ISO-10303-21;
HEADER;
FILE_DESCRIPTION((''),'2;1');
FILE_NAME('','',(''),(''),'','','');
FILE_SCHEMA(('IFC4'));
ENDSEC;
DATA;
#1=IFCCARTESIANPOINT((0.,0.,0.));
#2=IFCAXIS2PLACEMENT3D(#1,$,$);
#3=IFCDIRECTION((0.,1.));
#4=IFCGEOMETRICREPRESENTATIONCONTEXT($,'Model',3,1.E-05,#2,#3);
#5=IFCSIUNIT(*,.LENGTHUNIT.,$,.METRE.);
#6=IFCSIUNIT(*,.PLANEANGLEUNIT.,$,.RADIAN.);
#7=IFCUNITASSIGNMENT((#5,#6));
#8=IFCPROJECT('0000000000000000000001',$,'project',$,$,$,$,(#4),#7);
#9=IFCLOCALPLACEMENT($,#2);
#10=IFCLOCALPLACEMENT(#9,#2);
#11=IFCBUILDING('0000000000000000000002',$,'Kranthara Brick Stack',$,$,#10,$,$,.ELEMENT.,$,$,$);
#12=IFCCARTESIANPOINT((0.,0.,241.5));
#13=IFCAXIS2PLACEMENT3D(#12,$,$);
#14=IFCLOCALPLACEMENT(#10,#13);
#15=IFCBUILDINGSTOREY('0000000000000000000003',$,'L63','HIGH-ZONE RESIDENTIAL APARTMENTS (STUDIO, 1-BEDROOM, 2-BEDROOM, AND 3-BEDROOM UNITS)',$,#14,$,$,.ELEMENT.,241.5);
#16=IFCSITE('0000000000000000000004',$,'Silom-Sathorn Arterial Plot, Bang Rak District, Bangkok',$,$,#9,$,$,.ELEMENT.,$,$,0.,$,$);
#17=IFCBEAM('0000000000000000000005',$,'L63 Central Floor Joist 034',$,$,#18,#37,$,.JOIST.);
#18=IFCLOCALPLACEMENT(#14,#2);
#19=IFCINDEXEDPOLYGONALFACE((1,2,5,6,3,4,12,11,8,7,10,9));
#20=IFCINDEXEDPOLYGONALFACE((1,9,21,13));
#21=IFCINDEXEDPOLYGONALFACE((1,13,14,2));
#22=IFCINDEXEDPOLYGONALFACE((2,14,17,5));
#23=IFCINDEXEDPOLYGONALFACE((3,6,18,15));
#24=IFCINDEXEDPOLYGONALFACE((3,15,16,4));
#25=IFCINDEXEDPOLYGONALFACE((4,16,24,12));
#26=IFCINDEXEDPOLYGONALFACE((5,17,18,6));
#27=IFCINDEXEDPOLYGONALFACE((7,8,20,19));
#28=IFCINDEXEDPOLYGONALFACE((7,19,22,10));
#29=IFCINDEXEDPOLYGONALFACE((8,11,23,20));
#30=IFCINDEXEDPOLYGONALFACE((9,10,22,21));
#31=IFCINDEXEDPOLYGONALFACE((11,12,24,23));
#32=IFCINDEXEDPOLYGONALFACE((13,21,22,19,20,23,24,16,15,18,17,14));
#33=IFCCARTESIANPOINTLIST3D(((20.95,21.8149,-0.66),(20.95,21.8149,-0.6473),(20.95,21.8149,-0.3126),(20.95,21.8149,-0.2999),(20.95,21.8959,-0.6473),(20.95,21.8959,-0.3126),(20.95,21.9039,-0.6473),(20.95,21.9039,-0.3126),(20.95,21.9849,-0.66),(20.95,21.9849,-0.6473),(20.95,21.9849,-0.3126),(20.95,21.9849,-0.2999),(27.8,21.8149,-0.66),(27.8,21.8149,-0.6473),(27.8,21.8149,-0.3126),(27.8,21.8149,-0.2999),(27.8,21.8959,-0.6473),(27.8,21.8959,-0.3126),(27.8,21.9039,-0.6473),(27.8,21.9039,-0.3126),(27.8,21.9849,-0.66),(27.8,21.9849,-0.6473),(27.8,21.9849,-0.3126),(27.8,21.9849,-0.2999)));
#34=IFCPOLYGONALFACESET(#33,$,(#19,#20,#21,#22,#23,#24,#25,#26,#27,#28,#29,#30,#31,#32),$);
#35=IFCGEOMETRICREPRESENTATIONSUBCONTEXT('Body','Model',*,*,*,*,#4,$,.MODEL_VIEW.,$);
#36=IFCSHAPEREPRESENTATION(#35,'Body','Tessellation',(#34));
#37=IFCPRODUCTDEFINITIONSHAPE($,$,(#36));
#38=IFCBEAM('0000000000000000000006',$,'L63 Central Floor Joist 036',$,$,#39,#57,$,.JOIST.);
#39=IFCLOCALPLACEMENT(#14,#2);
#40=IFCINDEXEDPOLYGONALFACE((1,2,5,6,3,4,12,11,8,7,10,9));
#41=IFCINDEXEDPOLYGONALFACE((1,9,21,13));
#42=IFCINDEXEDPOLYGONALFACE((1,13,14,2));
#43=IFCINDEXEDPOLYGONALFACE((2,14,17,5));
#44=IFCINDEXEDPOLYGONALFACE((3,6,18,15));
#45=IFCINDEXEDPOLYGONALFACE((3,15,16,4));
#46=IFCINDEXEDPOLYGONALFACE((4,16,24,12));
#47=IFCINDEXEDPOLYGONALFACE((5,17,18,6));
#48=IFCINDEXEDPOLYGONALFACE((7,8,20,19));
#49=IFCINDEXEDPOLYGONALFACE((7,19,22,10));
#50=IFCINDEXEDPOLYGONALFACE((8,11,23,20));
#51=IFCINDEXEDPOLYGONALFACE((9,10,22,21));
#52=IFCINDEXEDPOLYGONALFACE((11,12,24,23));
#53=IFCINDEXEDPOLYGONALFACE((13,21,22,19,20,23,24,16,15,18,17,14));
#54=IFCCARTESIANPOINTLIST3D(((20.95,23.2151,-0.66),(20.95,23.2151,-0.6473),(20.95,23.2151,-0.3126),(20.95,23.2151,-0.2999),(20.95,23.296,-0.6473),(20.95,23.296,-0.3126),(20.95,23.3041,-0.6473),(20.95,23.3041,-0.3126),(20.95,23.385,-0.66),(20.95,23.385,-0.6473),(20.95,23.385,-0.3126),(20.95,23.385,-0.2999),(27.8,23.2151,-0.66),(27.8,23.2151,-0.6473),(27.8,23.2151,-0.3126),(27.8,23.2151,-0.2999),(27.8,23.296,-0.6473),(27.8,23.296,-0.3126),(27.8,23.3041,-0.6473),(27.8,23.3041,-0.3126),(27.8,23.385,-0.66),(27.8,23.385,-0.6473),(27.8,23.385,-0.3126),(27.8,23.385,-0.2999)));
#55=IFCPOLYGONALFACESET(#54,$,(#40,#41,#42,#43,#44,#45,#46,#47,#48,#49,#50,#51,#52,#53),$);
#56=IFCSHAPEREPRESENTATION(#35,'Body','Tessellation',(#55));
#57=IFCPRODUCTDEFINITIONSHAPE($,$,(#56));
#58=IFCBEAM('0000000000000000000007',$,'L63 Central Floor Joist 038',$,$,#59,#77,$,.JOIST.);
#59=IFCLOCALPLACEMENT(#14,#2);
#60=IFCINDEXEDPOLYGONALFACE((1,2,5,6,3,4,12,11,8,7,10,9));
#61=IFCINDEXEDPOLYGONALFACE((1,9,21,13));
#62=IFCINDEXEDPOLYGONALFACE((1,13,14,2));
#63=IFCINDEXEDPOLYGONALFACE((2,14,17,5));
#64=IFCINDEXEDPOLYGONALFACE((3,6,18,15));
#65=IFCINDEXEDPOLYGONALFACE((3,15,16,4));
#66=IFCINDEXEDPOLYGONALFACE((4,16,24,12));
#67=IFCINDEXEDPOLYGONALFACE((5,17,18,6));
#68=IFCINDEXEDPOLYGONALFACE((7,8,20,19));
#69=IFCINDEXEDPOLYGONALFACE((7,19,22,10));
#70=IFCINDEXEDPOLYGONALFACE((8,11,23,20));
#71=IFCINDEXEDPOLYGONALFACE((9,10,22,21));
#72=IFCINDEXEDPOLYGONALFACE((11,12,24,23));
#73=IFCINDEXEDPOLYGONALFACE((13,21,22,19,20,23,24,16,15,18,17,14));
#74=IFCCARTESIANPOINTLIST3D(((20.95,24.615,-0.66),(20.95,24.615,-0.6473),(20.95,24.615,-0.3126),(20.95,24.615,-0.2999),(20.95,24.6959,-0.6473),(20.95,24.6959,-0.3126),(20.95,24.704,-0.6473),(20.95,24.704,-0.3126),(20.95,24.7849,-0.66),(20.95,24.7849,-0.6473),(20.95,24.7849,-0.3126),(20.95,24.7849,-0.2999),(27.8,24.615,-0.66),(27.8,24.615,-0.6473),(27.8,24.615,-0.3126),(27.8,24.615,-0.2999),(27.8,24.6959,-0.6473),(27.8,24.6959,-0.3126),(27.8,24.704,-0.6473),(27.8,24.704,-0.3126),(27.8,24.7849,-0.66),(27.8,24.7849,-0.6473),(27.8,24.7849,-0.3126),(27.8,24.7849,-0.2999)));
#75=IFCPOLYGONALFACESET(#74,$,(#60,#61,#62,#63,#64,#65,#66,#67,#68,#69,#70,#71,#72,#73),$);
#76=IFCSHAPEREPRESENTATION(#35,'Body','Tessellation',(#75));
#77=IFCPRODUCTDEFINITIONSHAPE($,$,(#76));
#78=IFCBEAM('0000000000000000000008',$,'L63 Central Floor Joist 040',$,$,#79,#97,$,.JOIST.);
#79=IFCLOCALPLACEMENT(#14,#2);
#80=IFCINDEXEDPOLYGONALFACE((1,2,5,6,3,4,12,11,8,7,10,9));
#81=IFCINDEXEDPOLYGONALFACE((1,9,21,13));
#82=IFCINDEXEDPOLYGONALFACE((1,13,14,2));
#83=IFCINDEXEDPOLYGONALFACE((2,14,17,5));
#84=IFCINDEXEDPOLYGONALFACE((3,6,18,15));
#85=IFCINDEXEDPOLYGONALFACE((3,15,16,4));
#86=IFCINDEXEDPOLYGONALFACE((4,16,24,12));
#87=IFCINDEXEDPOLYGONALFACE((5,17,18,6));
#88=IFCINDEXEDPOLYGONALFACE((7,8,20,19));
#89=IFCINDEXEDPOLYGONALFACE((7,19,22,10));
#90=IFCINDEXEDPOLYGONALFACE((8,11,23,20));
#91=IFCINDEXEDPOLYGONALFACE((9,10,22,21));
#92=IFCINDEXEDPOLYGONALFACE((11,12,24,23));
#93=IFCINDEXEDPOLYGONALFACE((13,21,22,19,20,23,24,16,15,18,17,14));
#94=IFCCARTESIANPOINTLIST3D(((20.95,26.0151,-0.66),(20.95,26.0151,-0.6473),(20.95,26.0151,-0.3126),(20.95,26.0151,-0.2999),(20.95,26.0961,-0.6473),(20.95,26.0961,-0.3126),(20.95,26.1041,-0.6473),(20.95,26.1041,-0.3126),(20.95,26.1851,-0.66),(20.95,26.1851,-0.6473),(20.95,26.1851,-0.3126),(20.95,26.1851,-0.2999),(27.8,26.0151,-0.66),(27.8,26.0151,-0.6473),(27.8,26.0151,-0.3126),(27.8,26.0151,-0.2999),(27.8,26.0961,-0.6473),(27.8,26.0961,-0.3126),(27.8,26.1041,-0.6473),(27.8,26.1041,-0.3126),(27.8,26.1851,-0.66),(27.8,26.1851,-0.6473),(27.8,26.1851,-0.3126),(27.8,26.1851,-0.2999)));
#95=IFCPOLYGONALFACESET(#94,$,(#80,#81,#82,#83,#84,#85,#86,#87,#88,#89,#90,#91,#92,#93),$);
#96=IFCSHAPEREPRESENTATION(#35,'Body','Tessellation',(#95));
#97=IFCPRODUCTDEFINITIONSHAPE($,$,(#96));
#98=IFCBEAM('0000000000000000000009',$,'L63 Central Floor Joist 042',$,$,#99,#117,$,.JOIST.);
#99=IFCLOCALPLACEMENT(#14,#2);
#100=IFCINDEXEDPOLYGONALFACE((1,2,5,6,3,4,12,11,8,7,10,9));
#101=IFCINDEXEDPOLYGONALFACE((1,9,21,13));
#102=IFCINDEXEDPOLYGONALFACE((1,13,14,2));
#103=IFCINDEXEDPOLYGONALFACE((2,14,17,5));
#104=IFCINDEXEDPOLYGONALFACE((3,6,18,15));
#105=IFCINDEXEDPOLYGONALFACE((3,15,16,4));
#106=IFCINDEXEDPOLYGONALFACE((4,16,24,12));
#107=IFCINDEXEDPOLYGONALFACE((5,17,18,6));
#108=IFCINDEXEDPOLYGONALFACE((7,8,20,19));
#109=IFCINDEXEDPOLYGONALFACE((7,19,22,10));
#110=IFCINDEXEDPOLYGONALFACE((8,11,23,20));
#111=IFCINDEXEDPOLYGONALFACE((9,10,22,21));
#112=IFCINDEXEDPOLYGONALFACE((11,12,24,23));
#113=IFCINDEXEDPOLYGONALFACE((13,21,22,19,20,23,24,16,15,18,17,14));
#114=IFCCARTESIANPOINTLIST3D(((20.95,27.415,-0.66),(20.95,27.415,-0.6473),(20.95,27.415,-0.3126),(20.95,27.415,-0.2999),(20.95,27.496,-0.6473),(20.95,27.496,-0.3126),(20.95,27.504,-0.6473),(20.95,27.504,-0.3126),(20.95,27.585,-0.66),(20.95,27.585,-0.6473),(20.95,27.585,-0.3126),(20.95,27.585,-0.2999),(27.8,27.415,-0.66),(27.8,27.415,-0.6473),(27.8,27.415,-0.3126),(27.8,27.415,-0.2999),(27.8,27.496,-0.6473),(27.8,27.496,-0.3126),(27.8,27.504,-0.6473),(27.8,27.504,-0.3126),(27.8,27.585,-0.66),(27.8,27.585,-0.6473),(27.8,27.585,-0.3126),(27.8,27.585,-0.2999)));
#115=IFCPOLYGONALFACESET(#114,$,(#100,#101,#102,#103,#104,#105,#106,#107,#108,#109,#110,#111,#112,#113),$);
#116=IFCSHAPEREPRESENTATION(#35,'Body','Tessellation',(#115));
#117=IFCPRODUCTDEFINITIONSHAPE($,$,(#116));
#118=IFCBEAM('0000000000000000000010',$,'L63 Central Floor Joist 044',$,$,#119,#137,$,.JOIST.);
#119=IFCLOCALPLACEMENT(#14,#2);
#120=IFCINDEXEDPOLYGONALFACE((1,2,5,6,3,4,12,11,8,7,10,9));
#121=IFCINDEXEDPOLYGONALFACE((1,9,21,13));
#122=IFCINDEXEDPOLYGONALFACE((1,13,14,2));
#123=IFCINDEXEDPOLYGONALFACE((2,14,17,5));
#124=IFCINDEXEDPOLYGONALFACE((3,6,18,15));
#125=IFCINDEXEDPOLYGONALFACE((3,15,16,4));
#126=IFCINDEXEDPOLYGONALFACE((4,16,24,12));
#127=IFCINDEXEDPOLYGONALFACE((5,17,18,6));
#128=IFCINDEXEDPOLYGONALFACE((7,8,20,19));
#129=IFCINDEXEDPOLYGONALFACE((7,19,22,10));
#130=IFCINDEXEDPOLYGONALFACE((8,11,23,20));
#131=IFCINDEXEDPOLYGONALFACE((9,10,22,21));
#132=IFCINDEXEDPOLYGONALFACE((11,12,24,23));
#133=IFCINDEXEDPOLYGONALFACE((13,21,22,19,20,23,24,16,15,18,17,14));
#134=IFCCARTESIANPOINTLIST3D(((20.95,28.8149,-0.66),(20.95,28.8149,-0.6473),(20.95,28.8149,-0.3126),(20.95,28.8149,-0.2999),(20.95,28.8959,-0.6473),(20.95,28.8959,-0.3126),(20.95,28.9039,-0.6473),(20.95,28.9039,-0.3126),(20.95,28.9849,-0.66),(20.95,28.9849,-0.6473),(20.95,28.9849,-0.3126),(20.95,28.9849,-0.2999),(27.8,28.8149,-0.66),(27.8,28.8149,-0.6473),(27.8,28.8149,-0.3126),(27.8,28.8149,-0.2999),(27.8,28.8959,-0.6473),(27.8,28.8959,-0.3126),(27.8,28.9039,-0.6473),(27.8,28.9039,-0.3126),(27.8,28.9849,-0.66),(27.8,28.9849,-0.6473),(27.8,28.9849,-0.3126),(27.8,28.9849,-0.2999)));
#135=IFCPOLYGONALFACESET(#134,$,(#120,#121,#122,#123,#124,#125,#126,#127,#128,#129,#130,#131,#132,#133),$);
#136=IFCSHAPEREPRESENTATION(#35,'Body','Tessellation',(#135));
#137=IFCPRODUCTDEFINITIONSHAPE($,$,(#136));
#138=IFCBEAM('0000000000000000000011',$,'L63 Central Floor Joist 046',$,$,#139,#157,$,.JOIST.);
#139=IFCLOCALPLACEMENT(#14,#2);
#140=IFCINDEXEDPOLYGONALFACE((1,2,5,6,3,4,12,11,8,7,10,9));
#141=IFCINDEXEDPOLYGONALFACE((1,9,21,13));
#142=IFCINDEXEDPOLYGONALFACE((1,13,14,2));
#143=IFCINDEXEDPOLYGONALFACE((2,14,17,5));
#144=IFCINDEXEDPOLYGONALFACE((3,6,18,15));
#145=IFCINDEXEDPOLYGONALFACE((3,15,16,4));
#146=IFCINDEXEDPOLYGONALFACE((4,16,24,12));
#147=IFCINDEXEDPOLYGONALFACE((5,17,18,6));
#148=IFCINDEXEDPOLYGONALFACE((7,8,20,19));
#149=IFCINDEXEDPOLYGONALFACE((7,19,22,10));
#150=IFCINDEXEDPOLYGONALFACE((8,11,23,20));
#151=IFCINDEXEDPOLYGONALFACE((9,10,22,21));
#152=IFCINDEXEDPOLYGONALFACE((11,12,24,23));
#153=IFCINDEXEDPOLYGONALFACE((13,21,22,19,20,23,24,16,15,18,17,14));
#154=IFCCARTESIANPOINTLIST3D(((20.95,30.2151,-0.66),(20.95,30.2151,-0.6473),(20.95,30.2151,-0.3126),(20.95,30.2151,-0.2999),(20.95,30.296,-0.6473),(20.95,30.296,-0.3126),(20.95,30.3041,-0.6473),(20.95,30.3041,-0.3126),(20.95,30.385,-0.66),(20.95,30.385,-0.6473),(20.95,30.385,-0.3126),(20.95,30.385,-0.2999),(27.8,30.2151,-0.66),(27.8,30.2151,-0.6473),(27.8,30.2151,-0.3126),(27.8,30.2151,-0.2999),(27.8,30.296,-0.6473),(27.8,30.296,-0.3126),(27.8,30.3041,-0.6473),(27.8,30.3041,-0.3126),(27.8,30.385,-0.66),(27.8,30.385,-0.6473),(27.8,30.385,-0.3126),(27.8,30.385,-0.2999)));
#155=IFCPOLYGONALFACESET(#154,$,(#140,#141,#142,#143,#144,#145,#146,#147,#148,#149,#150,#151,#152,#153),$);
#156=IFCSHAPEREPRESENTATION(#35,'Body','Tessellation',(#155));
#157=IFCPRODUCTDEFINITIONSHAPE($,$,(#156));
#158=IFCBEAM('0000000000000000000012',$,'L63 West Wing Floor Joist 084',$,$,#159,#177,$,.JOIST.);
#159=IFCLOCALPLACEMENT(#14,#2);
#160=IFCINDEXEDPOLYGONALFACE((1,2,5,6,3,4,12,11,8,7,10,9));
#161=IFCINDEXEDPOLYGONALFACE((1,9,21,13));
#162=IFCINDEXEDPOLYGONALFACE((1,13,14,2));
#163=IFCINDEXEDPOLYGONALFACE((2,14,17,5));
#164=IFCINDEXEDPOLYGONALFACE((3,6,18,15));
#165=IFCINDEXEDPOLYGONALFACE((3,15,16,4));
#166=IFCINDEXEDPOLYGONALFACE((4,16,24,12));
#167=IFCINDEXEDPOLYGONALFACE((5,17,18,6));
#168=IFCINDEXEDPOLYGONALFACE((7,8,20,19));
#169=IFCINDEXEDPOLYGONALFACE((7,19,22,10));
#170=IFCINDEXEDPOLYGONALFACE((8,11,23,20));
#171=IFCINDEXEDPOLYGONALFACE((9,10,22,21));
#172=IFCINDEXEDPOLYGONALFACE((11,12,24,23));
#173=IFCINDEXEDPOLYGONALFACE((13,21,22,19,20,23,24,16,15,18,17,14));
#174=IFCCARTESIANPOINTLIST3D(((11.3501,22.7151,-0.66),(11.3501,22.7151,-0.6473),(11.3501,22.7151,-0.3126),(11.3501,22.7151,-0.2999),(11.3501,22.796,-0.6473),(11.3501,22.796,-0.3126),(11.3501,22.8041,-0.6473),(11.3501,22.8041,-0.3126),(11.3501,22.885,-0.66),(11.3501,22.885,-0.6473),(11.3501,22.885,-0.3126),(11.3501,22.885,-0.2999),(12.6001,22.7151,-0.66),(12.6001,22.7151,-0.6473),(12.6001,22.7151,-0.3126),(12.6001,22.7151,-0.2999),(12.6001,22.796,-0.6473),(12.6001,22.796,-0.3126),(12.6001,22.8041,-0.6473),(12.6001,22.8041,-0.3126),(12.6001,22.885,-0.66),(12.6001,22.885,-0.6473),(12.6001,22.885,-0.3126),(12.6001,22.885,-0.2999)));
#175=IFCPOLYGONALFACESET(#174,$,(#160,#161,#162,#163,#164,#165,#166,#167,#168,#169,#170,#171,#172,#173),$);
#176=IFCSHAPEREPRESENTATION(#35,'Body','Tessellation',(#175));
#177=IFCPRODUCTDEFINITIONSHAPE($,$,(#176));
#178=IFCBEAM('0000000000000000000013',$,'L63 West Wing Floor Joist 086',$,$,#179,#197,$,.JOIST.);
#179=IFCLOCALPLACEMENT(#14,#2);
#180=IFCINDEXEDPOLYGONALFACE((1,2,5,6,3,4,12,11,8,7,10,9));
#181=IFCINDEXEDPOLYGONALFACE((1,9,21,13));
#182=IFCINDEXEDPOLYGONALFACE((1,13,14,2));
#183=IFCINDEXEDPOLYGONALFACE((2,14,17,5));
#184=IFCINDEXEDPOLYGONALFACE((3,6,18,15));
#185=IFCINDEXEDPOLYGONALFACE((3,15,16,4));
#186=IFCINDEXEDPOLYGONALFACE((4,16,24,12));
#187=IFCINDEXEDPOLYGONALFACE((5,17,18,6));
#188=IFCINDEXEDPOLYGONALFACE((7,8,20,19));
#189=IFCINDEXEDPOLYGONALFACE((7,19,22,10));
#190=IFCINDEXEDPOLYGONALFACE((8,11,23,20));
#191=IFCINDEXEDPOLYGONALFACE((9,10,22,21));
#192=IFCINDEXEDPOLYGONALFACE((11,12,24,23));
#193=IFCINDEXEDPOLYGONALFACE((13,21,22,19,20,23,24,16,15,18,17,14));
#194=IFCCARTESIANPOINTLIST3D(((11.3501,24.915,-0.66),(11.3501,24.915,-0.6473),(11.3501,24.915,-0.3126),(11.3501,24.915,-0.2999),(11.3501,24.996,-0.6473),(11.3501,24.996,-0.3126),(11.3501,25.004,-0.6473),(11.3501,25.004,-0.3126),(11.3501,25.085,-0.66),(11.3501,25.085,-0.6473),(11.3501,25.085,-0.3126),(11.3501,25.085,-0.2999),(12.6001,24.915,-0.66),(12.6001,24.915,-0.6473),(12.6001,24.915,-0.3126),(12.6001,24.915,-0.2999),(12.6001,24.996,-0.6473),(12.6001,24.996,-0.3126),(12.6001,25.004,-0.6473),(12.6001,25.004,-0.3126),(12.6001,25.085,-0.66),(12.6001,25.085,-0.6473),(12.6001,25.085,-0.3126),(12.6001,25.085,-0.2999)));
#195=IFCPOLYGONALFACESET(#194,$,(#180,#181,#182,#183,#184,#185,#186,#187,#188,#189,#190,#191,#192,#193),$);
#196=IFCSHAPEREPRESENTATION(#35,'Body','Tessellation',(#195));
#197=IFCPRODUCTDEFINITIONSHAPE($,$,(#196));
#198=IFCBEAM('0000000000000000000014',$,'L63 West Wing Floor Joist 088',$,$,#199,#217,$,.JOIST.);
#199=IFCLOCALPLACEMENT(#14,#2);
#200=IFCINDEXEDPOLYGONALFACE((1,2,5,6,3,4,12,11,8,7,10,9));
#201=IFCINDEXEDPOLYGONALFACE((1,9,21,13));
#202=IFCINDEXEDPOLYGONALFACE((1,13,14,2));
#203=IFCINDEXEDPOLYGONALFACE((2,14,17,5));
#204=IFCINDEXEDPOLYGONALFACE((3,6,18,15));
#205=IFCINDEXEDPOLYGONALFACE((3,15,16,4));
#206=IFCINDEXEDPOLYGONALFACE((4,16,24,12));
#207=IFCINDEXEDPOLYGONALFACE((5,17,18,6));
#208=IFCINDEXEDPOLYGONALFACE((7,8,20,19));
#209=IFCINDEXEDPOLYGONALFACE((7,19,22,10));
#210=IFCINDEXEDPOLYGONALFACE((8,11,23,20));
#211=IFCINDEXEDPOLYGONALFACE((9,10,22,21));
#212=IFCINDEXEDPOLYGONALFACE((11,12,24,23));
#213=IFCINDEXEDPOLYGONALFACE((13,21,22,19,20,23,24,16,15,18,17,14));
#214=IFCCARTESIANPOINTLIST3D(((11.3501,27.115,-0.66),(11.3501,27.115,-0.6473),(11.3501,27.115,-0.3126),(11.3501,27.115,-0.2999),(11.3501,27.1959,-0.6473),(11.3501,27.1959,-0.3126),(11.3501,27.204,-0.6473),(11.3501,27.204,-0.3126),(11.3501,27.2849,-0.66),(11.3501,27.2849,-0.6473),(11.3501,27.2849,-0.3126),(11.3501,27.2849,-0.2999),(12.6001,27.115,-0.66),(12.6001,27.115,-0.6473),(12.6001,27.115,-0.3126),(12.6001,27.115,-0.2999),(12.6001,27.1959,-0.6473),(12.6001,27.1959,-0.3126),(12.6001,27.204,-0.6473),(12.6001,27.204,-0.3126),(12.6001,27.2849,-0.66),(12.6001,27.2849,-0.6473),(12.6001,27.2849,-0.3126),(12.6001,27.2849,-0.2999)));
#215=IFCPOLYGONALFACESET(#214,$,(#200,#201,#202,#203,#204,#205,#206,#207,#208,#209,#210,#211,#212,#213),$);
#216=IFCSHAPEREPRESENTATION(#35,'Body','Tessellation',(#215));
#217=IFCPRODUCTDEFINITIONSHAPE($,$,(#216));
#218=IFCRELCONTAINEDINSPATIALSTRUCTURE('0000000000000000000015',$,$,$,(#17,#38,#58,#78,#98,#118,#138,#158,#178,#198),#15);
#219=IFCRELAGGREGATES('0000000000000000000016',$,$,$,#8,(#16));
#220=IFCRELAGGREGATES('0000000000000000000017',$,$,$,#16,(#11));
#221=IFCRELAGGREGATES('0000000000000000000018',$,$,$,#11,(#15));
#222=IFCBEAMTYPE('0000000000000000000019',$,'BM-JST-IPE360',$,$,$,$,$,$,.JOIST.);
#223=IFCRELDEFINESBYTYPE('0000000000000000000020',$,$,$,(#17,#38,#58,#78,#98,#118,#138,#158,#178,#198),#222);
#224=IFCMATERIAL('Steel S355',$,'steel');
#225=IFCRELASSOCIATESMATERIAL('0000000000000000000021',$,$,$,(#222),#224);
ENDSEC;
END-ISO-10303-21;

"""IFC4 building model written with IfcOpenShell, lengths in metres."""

from ifc_helpers import new_model, si_unit, direction, frame, origin, origin_2d, place, context, subcontext, project, spatial, i_section, extrude, material, material_profile, profile_set, type_object, element, save


model = new_model("IFC4")

# Units and contexts
model_context = context("Model", 3, precision=1e-05, world=origin(), true_north=direction((0.0, 1.0)))
body_context = subcontext(model_context, "Body", "Model", "MODEL_VIEW")
ifc_project = project(units=[si_unit("LENGTHUNIT", "METRE"), si_unit("PLANEANGLEUNIT", "RADIAN")], contexts=[model_context])

# Site, building, storey
site_placement = place(None, origin())
site = spatial("IfcSite", under=ifc_project, at=site_placement, Name="Silom-Sathorn Arterial Plot, Bang Rak District, Bangkok", CompositionType="ELEMENT", RefElevation=0.0)
building_placement = place(site_placement, origin())
building = spatial("IfcBuilding", under=site, at=building_placement, Name="Kranthara Brick Stack", CompositionType="ELEMENT")
storey_placement = place(building_placement, frame((0.0, 0.0, 241.5)))
storey = spatial("IfcBuildingStorey", under=building, at=storey_placement, Name="L63", Description="HIGH-ZONE RESIDENTIAL APARTMENTS (STUDIO, 1-BEDROOM, 2-BEDROOM, AND 3-BEDROOM UNITS)", CompositionType="ELEMENT", Elevation=241.5)

# Beams
ifc_material_1 = material(Name="Steel S355", Category="steel")
ifc_material_profile_1 = material_profile(ifc_material_1, i_section(OverallWidth=0.1699, OverallDepth=0.3601, WebThickness=0.0081, FlangeThickness=0.0127, at=origin_2d()), Name="IPE 360")
ifc_profile_set_1 = profile_set([ifc_material_profile_1], Name="Steel S355")
beam_type_1 = type_object("IfcBeamType", Name="BM-JST-IPE360", PredefinedType="JOIST", material=ifc_profile_set_1)
for number, where, z_axis, x_axis, name in (
    (1, (20.95, 21.8999, -0.48), (1.0, 0.0, 0.0), (0.0, 1.0, 0.0), "L63 Central Floor Joist 034"),
    (2, (20.95, 23.3, -0.48), (1.0, 0.0, 0.0), (0.0, 1.0, 0.0), "L63 Central Floor Joist 036"),
    (3, (20.95, 24.7, -0.48), (1.0, 0.0, 0.0), (0.0, 1.0, 0.0), "L63 Central Floor Joist 038"),
    (4, (20.95, 26.1001, -0.48), (1.0, 0.0, 0.0), (0.0, 1.0, 0.0), "L63 Central Floor Joist 040"),
    (5, (20.95, 27.5, -0.48), (1.0, 0.0, 0.0), (0.0, 1.0, 0.0), "L63 Central Floor Joist 042"),
    (6, (20.95, 28.8999, -0.48), (1.0, 0.0, 0.0), (0.0, 1.0, 0.0), "L63 Central Floor Joist 044"),
    (7, (20.95, 30.3, -0.48), (1.0, 0.0, 0.0), (0.0, 1.0, 0.0), "L63 Central Floor Joist 046"),
):
    element("IfcBeam", number, at=place(storey_placement, frame(where, z_axis=z_axis, x_axis=x_axis)), inside=storey, type_object=beam_type_1, Name=name, PredefinedType="JOIST", context=body_context, shape_type="SweptSolid", body=[
        extrude(i_section(OverallWidth=0.1699, OverallDepth=0.3601, WebThickness=0.0081, FlangeThickness=0.0127, at=origin_2d()), origin(), (0.0, 0.0, 1.0), 6.8501),
    ])
for number, where, z_axis, x_axis, name in (
    (8, (11.3501, 22.8, -0.48), (1.0, 0.0, 0.0), (0.0, 1.0, 0.0), "L63 West Wing Floor Joist 084"),
    (9, (11.3501, 25.0, -0.48), (1.0, 0.0, 0.0), (0.0, 1.0, 0.0), "L63 West Wing Floor Joist 086"),
    (10, (11.3501, 27.2, -0.48), (1.0, 0.0, 0.0), (0.0, 1.0, 0.0), "L63 West Wing Floor Joist 088"),
):
    element("IfcBeam", number, at=place(storey_placement, frame(where, z_axis=z_axis, x_axis=x_axis)), inside=storey, type_object=beam_type_1, Name=name, PredefinedType="JOIST", context=body_context, shape_type="SweptSolid", body=[
        extrude(i_section(OverallWidth=0.1699, OverallDepth=0.3601, WebThickness=0.0081, FlangeThickness=0.0127, at=origin_2d()), origin(), (0.0, 0.0, 1.0), 1.25),
    ])

save(model, "model.ifc")
